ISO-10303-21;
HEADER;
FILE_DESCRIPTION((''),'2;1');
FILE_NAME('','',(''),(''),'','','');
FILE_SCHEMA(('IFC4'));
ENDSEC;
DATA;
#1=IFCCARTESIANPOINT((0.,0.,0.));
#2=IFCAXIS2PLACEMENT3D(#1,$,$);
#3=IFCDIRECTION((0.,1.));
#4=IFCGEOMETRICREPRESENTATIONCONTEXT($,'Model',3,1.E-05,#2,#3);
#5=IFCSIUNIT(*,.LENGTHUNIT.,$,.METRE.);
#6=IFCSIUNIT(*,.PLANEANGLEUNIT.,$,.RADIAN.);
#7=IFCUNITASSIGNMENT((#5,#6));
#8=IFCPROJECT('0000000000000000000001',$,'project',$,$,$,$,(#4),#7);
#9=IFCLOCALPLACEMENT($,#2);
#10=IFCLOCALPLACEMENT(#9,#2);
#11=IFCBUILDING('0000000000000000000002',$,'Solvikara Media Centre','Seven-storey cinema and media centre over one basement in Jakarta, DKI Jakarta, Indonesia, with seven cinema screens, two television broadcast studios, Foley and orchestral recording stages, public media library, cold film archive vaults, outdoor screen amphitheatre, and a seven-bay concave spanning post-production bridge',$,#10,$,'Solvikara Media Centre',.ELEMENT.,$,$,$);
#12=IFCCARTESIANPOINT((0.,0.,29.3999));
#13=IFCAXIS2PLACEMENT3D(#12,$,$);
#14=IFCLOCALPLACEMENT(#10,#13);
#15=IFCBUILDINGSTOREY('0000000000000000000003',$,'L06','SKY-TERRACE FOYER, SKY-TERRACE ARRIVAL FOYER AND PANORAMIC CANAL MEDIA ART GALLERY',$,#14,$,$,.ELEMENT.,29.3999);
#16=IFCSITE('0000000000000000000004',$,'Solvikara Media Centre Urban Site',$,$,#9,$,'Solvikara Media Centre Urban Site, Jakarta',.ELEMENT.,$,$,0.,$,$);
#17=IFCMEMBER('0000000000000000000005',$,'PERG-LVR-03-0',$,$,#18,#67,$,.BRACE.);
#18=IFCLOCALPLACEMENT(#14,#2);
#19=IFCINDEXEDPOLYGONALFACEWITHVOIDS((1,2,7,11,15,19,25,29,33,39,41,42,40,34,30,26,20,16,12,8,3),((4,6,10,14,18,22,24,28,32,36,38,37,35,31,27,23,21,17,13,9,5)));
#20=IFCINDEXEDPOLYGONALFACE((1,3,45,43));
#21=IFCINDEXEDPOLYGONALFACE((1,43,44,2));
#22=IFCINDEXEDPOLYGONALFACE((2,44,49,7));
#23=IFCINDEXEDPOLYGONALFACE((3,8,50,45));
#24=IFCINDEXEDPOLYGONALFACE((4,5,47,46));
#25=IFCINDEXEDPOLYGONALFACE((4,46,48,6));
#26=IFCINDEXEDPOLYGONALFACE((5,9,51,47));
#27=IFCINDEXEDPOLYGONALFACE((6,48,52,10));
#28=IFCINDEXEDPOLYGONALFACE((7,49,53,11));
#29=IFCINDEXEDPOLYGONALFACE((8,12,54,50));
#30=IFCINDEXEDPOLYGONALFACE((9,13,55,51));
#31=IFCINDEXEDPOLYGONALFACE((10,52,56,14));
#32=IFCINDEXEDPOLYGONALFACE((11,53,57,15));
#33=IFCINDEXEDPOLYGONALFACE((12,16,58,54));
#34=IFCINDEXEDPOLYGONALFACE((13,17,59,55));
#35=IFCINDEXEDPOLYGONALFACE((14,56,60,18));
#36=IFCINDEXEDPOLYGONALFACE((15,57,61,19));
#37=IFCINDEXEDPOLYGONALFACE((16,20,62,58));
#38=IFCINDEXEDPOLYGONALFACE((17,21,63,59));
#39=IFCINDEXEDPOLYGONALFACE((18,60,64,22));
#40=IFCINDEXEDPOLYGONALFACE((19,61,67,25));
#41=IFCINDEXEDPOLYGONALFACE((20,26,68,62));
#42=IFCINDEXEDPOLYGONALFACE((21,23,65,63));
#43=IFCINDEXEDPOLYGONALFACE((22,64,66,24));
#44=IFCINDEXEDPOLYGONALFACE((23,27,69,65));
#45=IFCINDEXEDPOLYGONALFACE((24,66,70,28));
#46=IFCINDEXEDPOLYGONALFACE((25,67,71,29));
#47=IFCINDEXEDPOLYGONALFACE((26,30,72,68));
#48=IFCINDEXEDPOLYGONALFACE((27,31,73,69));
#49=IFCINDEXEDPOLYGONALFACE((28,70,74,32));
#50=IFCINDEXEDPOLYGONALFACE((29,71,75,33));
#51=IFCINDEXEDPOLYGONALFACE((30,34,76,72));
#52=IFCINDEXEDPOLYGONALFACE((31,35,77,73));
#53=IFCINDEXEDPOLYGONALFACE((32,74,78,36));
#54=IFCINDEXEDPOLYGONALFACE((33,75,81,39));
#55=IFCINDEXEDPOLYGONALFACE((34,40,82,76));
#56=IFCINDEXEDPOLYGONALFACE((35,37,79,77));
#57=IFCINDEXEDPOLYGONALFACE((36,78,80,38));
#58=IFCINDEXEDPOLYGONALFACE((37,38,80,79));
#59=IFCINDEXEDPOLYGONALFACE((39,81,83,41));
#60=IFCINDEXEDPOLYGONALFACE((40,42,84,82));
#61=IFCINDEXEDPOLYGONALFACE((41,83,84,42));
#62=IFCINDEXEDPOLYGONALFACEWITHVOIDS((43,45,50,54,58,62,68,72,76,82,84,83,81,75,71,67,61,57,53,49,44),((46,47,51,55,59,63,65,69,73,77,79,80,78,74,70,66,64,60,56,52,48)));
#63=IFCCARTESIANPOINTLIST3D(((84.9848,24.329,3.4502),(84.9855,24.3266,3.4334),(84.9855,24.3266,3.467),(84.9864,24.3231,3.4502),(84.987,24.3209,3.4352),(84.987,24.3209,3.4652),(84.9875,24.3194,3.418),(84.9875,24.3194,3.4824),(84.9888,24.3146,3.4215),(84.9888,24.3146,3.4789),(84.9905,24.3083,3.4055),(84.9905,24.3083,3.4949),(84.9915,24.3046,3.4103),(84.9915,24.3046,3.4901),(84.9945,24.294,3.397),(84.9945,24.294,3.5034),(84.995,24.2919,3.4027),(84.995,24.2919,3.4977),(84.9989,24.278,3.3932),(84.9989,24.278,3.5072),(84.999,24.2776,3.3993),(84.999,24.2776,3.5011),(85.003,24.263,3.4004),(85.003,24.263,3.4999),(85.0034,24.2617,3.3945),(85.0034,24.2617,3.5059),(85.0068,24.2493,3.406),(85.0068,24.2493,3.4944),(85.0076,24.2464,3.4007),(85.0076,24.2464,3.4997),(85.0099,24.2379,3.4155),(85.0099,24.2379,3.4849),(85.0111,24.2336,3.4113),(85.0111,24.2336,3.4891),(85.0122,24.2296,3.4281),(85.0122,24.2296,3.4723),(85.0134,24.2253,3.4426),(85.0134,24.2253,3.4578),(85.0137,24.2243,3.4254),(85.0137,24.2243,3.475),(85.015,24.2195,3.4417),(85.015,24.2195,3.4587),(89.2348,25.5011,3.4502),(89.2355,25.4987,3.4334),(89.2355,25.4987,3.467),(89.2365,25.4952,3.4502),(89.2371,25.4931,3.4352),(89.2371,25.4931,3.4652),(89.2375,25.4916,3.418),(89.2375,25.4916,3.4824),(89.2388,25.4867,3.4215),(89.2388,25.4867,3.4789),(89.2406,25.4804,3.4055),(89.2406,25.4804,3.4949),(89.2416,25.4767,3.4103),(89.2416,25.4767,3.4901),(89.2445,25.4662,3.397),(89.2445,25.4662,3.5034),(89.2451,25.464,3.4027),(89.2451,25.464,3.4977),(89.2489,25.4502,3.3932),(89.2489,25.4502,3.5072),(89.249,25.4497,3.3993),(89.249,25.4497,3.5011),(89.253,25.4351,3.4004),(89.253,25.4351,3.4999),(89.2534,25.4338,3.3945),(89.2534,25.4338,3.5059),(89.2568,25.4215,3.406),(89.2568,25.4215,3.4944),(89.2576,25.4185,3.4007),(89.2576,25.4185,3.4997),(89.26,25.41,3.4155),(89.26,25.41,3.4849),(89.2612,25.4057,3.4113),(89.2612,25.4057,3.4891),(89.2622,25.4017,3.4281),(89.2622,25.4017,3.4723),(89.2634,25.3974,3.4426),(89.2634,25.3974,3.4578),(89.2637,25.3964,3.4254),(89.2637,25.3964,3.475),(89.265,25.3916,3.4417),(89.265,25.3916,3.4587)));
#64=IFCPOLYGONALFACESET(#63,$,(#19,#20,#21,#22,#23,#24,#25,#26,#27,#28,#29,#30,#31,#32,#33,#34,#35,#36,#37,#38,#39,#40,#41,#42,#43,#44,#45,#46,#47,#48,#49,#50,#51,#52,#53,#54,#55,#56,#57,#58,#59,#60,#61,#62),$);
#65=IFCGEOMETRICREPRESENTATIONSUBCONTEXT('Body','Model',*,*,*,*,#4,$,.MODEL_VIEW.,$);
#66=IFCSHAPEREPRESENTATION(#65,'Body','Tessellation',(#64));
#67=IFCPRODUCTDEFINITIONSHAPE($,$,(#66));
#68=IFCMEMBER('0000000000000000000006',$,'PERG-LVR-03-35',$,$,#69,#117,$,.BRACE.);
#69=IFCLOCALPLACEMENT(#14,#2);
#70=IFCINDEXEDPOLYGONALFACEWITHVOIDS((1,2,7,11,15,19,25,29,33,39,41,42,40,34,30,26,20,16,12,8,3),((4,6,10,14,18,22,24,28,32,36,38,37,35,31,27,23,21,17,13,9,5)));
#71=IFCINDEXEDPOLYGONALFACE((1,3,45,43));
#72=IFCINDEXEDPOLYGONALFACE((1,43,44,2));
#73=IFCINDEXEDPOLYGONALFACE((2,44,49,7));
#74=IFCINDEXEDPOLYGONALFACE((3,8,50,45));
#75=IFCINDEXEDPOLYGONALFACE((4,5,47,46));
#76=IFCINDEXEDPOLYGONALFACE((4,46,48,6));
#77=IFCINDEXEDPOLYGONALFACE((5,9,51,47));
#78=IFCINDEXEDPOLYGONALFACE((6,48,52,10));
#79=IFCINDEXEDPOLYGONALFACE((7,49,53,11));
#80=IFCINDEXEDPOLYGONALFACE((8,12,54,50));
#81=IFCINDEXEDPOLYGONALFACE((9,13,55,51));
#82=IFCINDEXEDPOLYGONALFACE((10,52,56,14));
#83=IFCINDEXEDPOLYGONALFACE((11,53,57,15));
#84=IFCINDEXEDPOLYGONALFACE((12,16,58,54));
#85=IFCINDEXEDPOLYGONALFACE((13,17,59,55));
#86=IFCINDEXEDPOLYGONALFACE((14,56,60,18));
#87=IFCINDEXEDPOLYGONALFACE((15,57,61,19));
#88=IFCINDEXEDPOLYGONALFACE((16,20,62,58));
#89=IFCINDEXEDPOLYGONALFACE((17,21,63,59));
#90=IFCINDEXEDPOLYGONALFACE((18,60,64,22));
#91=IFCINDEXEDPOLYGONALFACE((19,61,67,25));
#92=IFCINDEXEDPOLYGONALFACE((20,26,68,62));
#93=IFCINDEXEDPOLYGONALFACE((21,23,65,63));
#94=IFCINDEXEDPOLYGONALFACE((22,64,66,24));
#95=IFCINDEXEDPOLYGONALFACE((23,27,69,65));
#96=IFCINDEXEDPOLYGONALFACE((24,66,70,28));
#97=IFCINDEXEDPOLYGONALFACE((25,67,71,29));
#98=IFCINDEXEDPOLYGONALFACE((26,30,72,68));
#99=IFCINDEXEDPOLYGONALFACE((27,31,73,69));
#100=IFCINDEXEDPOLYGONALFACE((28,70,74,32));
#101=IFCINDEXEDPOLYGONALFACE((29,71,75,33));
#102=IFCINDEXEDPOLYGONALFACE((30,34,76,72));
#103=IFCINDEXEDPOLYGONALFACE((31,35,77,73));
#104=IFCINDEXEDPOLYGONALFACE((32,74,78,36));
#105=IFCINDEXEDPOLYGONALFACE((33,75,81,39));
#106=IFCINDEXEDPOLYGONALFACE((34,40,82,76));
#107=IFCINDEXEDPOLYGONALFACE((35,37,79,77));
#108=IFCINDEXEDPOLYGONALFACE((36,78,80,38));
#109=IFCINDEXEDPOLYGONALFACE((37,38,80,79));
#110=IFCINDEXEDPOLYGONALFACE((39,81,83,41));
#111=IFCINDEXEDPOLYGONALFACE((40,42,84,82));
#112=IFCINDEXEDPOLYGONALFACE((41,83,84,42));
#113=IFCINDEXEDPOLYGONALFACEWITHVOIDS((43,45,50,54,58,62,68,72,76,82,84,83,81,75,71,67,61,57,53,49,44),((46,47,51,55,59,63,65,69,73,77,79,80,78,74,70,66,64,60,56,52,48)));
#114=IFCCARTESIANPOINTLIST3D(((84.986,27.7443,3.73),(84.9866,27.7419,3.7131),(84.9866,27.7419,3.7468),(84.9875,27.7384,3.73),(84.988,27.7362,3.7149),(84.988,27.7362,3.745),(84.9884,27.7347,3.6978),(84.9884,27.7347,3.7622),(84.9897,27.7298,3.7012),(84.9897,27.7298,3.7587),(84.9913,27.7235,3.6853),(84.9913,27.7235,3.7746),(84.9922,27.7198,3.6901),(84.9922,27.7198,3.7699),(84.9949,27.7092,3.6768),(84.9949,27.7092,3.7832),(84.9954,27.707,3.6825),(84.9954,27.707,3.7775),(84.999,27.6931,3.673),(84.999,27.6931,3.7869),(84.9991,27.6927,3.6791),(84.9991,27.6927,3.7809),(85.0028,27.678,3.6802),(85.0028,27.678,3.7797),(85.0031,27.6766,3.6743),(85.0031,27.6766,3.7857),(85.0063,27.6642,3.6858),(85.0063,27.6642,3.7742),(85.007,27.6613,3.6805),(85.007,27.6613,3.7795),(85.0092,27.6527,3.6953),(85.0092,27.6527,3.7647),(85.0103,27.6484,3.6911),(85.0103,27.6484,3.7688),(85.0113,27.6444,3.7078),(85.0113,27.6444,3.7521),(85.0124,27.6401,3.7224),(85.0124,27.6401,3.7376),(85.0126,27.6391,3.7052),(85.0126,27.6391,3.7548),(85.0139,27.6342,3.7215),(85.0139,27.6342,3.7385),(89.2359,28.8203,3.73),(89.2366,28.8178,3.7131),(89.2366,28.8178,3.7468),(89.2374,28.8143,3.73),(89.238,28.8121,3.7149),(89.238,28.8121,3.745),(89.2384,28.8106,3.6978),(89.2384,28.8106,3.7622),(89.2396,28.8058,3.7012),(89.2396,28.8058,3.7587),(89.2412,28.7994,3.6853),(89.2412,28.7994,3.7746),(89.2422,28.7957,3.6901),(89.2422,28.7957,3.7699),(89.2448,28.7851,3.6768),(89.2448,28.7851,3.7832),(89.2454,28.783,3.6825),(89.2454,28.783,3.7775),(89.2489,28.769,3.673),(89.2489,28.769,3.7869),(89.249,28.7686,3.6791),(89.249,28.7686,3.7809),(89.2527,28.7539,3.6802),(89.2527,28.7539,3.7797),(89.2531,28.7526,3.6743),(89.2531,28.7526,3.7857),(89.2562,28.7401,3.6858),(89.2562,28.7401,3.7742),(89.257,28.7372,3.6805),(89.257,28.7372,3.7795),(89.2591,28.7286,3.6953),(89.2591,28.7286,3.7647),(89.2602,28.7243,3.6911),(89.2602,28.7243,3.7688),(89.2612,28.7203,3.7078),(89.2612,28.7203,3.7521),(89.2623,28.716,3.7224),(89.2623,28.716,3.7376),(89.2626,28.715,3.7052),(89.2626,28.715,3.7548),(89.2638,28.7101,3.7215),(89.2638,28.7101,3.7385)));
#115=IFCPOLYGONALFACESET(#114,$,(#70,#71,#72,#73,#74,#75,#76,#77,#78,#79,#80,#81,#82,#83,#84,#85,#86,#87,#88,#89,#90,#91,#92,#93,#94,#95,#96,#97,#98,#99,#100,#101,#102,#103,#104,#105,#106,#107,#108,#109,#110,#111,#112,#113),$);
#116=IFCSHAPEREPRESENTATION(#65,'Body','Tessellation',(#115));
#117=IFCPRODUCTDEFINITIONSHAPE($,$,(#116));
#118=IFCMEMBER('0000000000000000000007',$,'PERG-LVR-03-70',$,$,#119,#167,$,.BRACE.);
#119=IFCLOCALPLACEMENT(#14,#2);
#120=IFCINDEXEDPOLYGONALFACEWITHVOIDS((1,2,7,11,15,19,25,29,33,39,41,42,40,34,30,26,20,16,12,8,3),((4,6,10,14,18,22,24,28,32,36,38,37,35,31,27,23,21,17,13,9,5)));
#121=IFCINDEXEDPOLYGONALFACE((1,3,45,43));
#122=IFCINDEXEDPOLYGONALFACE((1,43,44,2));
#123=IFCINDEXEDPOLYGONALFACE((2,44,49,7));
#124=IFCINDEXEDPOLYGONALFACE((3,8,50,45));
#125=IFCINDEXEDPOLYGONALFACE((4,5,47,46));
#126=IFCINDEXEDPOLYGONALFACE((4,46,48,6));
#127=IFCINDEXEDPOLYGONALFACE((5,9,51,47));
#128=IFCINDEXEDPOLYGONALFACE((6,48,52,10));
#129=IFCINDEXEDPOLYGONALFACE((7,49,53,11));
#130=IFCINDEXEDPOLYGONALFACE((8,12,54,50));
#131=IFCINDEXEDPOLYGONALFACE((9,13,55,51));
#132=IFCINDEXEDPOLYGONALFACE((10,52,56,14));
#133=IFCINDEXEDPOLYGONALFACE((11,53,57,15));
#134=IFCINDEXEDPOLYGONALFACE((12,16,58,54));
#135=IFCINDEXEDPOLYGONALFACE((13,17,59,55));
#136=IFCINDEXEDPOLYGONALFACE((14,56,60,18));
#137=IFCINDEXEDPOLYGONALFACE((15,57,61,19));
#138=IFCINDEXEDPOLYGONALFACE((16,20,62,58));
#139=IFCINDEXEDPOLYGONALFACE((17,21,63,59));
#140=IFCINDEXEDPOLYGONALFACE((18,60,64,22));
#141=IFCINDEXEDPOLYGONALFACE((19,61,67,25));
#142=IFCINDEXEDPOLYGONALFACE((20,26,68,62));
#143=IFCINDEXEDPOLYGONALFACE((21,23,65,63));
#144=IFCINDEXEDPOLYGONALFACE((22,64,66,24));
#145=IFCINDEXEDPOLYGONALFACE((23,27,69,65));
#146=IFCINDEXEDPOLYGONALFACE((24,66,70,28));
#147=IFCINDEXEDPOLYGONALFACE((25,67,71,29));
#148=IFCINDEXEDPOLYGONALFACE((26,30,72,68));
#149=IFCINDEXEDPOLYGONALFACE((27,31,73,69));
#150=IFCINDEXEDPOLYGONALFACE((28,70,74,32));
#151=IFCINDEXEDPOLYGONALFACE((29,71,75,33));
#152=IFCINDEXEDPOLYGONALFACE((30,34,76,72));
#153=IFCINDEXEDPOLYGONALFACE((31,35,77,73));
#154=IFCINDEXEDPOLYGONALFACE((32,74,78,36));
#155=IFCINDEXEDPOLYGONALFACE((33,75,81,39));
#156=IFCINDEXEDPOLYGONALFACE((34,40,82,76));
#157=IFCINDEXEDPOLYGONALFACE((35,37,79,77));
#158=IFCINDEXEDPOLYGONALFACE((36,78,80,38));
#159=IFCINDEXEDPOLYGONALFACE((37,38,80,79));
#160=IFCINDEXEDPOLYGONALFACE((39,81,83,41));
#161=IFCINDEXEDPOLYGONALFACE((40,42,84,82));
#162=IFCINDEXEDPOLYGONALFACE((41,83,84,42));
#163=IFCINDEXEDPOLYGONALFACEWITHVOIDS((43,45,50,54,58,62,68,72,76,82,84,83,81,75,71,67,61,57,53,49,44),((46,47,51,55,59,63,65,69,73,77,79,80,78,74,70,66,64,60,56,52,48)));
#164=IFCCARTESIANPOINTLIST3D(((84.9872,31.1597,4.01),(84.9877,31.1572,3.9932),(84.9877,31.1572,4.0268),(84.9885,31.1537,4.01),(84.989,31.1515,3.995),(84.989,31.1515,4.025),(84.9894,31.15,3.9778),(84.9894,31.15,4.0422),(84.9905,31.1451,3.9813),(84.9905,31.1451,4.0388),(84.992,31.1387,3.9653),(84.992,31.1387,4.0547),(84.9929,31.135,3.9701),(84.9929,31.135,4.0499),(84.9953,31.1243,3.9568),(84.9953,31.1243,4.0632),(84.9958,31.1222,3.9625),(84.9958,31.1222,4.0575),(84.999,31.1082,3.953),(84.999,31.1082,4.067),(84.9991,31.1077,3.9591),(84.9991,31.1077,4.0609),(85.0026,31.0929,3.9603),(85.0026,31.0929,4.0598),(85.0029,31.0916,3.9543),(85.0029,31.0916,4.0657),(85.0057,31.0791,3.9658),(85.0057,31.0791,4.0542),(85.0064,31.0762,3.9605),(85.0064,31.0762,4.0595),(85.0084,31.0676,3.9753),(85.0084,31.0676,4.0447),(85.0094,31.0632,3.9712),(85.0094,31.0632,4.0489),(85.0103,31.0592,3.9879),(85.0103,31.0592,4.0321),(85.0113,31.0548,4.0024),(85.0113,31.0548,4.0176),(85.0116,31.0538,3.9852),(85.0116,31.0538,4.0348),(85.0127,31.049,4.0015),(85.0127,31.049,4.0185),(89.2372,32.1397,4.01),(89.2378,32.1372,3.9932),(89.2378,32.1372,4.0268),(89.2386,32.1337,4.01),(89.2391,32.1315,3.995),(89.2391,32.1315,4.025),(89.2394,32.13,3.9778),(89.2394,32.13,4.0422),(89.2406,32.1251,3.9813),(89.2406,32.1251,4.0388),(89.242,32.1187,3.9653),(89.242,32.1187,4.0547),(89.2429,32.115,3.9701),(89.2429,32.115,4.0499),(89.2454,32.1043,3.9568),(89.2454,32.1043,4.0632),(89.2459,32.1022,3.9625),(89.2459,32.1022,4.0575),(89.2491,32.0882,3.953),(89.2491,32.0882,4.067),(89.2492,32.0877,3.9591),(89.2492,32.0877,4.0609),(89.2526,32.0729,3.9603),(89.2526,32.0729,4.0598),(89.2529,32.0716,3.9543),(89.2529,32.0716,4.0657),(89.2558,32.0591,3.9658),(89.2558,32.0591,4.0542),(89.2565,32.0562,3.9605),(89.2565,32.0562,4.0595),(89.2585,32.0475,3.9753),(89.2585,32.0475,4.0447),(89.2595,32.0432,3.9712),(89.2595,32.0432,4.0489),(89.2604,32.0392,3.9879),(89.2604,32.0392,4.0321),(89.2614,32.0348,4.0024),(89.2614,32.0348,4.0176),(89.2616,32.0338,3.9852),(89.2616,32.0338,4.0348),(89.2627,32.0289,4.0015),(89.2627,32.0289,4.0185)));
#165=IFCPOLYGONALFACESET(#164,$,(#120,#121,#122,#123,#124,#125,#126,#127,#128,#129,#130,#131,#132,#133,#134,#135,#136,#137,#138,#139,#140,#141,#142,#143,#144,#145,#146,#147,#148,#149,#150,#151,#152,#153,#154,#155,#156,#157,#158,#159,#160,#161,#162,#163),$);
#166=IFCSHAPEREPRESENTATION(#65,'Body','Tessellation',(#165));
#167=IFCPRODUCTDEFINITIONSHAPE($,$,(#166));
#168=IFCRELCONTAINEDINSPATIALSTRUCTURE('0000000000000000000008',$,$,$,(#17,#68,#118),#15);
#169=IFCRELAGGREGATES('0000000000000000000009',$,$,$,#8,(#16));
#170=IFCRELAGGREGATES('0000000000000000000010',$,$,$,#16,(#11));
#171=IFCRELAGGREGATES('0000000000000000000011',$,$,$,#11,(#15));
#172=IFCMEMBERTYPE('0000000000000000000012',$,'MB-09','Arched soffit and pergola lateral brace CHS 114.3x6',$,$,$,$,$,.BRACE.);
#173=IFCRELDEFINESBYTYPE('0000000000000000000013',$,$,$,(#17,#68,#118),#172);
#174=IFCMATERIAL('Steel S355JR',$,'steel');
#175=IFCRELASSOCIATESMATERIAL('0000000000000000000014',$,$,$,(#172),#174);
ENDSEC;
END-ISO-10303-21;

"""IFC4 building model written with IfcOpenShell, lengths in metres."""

from ifc_helpers import new_model, si_unit, direction, frame, origin, origin_2d, place, context, subcontext, project, spatial, hollow_circle, extrude, material, material_profile, profile_set, type_object, element, save


model = new_model("IFC4")

# Units and contexts
model_context = context("Model", 3, precision=1e-05, world=origin(), true_north=direction((0.0, 1.0)))
body_context = subcontext(model_context, "Body", "Model", "MODEL_VIEW")
ifc_project = project(units=[si_unit("LENGTHUNIT", "METRE"), si_unit("PLANEANGLEUNIT", "RADIAN")], contexts=[model_context])

# Site, building, storey
site_placement = place(None, origin())
site = spatial("IfcSite", under=ifc_project, at=site_placement, Name="Solvikara Media Centre Urban Site", LongName="Solvikara Media Centre Urban Site, Jakarta", CompositionType="ELEMENT", RefElevation=0.0)
building_placement = place(site_placement, origin())
building = spatial("IfcBuilding", under=site, at=building_placement, Name="Solvikara Media Centre", Description="Seven-storey cinema and media centre over one basement in Jakarta, DKI Jakarta, Indonesia, with seven cinema screens, two television broadcast studios, Foley and orchestral recording stages, public media library, cold film archive vaults, outdoor screen amphitheatre, and a seven-bay concave spanning post-production bridge", LongName="Solvikara Media Centre", CompositionType="ELEMENT")
storey_placement = place(building_placement, frame((0.0, 0.0, 29.3999)))
storey = spatial("IfcBuildingStorey", under=building, at=storey_placement, Name="L06", Description="SKY-TERRACE FOYER, SKY-TERRACE ARRIVAL FOYER AND PANORAMIC CANAL MEDIA ART GALLERY", CompositionType="ELEMENT", Elevation=29.3999)

# Shared definitions
ifc_material_1 = material(Name="Steel S355JR", Category="steel")

# Members
ifc_material_profile_1 = material_profile(ifc_material_1, hollow_circle(Radius=0.0571, WallThickness=0.0061, at=origin_2d()), Name="CHS 114.3x6")
ifc_profile_set_1 = profile_set([ifc_material_profile_1], Name="Steel S355JR")
member_type_1 = type_object("IfcMemberType", Name="MB-09", Description="Arched soffit and pergola lateral brace CHS 114.3x6", PredefinedType="BRACE", material=ifc_profile_set_1)
member_1_placement = place(storey_placement, frame((85.0, 24.2739, 3.4502), z_axis=(0.96401, 0.265867, 0.0), x_axis=(-0.265867, 0.96401, 0.0)))
element("IfcMember", 1, at=member_1_placement, inside=storey, type_object=member_type_1, Name="PERG-LVR-03-0", PredefinedType="BRACE", context=body_context, shape_type="SweptSolid", body=[
    extrude(hollow_circle(Radius=0.0571, WallThickness=0.0061, at=origin_2d()), origin(), (0.0, 0.0, 1.0), 4.4087),
])
member_2_placement = place(storey_placement, frame((85.0, 27.689, 3.73), z_axis=(0.969418, 0.245417, 0.0), x_axis=(-0.245417, 0.969418, 0.0)))
element("IfcMember", 2, at=member_2_placement, inside=storey, type_object=member_type_1, Name="PERG-LVR-03-35", PredefinedType="BRACE", context=body_context, shape_type="SweptSolid", body=[
    extrude(hollow_circle(Radius=0.0571, WallThickness=0.0061, at=origin_2d()), origin(), (0.0, 0.0, 1.0), 4.384),
])
member_3_placement = place(storey_placement, frame((85.0, 31.104, 4.01), z_axis=(0.974431, 0.224688, 0.0), x_axis=(-0.224688, 0.974431, 0.0)))
element("IfcMember", 3, at=member_3_placement, inside=storey, type_object=member_type_1, Name="PERG-LVR-03-70", PredefinedType="BRACE", context=body_context, shape_type="SweptSolid", body=[
    extrude(hollow_circle(Radius=0.0571, WallThickness=0.0061, at=origin_2d()), origin(), (0.0, 0.0, 1.0), 4.3616),
])

save(model, "model.ifc")
